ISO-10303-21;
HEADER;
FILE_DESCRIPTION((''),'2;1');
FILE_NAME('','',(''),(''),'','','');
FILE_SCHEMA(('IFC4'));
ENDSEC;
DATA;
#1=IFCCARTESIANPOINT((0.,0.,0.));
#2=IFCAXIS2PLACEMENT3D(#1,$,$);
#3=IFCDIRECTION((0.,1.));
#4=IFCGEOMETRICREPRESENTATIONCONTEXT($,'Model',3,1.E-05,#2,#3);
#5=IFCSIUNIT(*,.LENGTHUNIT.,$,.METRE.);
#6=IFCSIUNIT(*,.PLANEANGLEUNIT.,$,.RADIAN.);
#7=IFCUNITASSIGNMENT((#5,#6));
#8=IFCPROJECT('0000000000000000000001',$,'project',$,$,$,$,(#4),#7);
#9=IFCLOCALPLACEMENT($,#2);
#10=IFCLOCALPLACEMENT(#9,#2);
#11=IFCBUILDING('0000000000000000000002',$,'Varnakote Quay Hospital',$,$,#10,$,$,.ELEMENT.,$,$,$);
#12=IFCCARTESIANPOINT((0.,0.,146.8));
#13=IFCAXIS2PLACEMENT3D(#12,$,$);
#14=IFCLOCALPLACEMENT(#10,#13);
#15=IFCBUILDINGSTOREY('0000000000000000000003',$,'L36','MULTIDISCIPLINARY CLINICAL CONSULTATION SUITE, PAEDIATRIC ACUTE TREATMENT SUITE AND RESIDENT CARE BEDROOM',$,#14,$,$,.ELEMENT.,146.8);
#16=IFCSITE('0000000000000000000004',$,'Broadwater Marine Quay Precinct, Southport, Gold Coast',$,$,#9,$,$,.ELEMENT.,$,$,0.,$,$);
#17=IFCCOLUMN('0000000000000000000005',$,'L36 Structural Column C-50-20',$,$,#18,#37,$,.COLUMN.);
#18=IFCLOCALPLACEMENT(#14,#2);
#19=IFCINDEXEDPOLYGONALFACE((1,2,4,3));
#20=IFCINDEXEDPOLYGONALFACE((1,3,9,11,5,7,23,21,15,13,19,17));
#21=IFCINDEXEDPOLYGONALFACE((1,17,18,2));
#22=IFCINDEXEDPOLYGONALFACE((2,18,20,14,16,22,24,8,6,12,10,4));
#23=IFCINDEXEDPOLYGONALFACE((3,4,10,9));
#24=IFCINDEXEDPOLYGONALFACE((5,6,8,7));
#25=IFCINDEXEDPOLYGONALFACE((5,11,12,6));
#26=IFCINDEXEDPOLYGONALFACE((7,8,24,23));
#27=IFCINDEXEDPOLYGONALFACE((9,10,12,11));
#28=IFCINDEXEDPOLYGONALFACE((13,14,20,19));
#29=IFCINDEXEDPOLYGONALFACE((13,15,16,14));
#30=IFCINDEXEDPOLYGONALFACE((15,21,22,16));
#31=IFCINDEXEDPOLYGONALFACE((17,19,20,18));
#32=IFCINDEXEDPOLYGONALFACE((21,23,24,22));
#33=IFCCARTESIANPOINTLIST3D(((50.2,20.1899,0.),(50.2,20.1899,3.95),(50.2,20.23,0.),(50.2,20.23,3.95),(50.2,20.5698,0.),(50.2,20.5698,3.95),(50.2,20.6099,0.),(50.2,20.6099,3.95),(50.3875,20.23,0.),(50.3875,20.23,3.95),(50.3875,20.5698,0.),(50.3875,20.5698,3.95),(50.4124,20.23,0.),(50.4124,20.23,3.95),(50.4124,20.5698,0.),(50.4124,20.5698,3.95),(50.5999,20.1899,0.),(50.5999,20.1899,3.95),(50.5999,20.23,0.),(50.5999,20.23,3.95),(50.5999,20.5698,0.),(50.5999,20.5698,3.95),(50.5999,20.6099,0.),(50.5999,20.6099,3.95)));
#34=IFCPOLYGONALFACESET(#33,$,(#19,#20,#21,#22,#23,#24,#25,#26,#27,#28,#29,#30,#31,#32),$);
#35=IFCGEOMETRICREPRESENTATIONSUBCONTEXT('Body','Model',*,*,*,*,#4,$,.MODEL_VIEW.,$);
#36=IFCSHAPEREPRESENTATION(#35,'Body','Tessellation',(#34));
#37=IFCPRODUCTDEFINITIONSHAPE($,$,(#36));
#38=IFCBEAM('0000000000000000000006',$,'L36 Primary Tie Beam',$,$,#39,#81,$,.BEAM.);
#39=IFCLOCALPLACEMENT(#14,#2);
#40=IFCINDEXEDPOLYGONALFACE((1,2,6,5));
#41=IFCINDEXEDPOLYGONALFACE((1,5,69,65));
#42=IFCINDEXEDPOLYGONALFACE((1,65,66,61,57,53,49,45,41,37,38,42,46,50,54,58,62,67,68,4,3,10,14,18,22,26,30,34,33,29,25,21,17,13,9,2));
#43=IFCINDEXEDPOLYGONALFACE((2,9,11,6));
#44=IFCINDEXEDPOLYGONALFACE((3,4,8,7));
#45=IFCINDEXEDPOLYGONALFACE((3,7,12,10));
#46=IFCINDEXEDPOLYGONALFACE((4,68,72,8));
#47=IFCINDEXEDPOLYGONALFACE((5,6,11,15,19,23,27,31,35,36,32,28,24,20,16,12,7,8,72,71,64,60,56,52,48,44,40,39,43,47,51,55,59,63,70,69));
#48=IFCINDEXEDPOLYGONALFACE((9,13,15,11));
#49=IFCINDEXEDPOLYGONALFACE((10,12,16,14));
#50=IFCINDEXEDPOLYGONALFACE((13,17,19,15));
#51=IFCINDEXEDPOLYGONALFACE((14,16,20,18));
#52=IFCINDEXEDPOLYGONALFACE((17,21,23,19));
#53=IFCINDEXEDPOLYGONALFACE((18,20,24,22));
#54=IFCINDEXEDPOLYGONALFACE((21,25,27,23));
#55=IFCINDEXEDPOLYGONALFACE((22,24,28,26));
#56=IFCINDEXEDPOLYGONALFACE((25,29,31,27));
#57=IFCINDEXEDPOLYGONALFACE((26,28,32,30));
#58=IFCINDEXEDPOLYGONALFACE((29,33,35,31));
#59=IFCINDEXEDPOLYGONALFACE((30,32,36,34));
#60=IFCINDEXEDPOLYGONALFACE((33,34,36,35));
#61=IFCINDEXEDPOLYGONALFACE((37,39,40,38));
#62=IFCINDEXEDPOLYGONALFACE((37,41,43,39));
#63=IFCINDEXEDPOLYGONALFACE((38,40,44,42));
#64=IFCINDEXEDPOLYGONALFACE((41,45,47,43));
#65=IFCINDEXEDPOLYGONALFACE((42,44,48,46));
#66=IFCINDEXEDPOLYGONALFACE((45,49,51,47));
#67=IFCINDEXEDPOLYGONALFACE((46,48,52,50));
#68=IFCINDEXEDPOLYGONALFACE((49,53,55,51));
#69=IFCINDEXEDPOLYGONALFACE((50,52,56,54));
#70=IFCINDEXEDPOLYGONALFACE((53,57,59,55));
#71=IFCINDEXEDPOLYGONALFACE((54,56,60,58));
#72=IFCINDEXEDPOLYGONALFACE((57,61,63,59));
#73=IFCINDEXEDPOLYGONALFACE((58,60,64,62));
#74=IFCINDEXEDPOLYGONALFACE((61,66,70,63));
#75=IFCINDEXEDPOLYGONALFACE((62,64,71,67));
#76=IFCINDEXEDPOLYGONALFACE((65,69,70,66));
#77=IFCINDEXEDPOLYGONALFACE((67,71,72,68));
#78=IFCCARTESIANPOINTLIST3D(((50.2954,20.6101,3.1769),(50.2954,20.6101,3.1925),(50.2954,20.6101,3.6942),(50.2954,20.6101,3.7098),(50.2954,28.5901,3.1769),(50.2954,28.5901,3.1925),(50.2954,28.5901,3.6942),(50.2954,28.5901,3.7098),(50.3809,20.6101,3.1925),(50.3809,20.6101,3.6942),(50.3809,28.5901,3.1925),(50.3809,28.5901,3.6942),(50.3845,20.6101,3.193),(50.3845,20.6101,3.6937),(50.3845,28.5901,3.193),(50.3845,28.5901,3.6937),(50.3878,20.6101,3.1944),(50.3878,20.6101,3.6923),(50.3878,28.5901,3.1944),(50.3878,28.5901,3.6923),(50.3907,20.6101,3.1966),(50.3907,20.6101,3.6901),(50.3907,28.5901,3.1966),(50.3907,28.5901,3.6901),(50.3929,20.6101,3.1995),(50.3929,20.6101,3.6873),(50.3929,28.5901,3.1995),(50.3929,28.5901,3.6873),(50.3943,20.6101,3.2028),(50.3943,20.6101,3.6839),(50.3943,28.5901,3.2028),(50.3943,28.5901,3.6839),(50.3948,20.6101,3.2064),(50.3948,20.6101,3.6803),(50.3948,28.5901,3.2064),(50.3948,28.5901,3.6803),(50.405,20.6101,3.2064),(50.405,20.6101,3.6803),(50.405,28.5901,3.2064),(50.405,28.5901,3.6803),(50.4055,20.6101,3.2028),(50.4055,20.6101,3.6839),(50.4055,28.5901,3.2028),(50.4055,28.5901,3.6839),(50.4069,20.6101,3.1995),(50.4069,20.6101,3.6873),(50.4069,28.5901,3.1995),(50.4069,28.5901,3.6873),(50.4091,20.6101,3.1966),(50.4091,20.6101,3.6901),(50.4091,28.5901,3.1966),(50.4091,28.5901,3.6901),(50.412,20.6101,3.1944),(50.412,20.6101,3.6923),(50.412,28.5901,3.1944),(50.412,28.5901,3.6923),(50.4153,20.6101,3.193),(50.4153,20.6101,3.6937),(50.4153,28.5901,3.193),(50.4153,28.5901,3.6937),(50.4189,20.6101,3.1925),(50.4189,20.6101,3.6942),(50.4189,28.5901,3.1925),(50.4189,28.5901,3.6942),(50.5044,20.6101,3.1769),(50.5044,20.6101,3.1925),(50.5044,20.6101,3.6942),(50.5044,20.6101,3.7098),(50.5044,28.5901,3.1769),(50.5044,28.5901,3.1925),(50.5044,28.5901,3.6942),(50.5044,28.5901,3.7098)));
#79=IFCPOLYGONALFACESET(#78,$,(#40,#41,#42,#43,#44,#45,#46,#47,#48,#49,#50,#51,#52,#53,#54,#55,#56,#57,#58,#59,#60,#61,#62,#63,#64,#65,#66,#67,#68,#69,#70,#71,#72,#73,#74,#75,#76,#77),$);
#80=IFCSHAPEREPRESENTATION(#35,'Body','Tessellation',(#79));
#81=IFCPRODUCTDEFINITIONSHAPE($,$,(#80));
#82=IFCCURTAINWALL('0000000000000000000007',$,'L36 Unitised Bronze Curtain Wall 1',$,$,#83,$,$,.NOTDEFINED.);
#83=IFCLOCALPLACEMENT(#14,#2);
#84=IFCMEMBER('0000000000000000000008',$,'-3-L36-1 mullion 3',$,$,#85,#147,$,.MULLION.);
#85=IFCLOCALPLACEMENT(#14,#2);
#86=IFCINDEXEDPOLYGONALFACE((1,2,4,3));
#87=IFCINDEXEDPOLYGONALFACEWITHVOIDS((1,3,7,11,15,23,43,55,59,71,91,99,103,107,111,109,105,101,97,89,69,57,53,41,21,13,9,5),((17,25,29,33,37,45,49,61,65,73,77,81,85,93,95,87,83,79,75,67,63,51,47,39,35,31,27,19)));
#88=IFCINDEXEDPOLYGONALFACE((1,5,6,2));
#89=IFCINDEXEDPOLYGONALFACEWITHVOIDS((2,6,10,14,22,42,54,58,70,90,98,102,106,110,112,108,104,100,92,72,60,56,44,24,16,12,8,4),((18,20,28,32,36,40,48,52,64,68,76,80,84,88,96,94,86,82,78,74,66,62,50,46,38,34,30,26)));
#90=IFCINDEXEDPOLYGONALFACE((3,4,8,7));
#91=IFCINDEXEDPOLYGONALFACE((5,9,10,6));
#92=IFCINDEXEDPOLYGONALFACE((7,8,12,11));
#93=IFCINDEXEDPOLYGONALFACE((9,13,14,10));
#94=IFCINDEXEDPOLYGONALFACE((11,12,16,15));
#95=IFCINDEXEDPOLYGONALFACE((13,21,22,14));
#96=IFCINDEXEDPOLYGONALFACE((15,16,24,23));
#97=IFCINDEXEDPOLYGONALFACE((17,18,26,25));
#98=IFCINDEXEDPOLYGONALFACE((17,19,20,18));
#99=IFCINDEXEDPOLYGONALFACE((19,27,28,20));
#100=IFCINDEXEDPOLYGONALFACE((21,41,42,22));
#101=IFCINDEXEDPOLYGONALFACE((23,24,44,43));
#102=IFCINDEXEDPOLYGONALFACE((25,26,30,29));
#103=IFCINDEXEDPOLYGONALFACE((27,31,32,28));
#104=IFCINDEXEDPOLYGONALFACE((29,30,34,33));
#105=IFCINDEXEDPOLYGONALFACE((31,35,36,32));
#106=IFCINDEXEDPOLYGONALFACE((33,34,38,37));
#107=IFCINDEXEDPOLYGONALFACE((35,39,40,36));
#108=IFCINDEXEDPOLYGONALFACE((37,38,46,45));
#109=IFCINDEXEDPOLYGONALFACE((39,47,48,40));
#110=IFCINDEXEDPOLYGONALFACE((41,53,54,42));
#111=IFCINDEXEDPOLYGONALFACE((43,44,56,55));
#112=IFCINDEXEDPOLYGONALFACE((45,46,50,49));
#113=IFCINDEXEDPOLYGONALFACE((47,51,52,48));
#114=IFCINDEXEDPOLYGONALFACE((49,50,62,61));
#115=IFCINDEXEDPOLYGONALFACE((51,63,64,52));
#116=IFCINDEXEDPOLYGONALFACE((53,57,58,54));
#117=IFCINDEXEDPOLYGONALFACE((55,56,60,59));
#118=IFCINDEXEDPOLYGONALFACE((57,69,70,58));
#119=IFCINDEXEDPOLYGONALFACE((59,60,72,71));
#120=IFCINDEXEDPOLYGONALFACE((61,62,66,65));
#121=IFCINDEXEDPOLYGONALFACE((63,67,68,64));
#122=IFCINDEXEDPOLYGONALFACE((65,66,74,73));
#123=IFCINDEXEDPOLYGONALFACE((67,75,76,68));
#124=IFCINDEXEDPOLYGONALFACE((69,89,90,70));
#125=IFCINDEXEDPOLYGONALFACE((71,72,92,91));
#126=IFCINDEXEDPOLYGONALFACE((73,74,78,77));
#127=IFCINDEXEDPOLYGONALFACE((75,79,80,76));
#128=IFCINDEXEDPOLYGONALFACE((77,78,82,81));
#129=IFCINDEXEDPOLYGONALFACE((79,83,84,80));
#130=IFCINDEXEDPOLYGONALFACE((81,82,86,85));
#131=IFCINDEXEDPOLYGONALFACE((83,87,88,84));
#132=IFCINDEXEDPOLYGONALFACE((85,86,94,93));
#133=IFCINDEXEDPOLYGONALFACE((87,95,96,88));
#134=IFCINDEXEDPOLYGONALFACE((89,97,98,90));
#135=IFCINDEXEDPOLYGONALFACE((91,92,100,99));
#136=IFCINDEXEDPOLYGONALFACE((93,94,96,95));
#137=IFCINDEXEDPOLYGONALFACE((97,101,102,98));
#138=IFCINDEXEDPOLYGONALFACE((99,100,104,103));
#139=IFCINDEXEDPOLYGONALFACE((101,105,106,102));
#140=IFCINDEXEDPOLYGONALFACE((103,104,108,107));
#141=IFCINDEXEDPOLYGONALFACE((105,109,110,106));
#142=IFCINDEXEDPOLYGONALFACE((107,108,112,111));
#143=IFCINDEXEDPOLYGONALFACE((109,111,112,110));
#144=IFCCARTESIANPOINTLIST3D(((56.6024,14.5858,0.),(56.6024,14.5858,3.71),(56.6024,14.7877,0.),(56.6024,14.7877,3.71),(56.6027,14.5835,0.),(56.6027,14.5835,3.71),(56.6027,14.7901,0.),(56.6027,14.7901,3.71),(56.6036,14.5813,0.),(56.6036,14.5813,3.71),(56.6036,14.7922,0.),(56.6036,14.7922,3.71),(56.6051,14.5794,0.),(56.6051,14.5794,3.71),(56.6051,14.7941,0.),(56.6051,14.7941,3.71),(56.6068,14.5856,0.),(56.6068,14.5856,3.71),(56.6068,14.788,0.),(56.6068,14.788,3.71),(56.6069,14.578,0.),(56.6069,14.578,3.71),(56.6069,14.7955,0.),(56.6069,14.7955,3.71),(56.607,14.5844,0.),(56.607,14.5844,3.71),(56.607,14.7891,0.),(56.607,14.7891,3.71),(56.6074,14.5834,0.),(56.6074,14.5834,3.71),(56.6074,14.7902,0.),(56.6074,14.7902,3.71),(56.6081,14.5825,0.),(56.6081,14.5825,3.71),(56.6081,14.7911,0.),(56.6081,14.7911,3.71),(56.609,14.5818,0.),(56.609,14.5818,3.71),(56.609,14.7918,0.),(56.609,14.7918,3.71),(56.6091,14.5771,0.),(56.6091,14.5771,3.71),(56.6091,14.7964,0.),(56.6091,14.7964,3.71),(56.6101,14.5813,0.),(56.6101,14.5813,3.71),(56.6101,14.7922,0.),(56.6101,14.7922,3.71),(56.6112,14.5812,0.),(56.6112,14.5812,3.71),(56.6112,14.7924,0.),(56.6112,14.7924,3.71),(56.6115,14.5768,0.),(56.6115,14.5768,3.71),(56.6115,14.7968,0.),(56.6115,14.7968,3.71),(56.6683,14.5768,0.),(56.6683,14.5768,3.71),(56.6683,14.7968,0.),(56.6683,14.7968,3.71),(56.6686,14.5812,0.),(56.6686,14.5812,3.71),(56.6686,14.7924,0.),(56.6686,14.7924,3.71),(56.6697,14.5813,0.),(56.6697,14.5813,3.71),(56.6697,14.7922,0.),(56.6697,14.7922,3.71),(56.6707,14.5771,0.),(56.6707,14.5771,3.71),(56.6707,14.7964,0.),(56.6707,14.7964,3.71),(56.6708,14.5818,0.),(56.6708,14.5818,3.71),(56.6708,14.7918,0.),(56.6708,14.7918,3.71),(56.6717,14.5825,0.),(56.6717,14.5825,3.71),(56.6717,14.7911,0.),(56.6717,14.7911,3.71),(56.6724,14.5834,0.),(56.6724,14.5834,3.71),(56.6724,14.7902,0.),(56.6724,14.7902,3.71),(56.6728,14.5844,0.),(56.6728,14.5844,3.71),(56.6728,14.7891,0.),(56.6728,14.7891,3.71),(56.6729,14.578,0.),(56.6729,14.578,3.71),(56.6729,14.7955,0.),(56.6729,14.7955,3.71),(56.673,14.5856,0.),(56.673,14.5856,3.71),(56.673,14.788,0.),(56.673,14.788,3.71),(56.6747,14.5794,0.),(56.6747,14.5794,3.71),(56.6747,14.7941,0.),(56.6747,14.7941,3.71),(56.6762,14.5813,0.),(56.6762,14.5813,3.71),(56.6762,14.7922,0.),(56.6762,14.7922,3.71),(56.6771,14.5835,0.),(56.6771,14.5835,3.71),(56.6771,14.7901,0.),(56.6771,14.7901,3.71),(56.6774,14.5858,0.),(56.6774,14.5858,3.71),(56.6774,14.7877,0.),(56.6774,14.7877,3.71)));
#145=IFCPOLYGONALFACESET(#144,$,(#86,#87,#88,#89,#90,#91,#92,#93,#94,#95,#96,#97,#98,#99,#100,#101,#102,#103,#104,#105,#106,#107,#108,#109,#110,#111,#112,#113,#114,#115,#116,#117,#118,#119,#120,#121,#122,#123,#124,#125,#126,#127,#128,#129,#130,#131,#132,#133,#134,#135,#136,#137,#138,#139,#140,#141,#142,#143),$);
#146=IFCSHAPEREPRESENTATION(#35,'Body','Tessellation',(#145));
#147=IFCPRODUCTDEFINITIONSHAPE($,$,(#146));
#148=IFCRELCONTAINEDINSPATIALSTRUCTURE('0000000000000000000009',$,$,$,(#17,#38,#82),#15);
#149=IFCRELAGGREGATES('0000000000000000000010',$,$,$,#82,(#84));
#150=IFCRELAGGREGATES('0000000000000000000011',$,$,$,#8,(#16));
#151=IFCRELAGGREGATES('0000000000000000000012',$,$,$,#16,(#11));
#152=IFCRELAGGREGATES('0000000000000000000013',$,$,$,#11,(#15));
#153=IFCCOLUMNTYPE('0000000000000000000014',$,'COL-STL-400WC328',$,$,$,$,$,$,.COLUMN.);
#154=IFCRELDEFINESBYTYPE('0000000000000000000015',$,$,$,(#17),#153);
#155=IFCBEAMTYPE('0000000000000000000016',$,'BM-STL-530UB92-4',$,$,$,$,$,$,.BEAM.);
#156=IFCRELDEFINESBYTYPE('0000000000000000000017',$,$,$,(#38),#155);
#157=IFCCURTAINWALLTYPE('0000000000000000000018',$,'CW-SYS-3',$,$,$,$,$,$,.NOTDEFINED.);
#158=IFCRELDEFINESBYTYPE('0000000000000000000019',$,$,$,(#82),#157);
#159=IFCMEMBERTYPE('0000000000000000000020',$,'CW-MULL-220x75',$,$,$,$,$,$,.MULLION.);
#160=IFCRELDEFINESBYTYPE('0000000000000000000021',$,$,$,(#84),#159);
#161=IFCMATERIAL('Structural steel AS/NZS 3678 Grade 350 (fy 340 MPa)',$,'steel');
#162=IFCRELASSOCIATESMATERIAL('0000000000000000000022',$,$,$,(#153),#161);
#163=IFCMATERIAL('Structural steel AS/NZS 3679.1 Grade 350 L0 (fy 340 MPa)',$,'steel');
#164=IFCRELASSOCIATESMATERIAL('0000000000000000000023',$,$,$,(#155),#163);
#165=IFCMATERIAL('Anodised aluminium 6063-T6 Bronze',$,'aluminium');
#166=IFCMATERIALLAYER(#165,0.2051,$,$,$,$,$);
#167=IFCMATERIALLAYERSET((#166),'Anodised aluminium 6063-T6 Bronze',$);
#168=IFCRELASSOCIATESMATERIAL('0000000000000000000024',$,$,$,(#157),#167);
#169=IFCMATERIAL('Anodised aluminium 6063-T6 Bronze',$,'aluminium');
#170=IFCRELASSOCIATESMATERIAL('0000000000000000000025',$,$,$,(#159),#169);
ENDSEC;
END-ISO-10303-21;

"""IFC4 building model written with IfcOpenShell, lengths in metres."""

from ifc_helpers import new_model, si_unit, direction, frame, origin, origin_2d, place, context, subcontext, project, spatial, hollow_rectangle, i_section, extrude, material, layer, layer_set, material_profile, profile_set, type_object, element, aggregate, save


model = new_model("IFC4")

# Units and contexts
model_context = context("Model", 3, precision=1e-05, world=origin(), true_north=direction((0.0, 1.0)))
body_context = subcontext(model_context, "Body", "Model", "MODEL_VIEW")
ifc_project = project(units=[si_unit("LENGTHUNIT", "METRE"), si_unit("PLANEANGLEUNIT", "RADIAN")], contexts=[model_context])

# Site, building, storey
site_placement = place(None, origin())
site = spatial("IfcSite", under=ifc_project, at=site_placement, Name="Broadwater Marine Quay Precinct, Southport, Gold Coast", CompositionType="ELEMENT", RefElevation=0.0)
building_placement = place(site_placement, origin())
building = spatial("IfcBuilding", under=site, at=building_placement, Name="Varnakote Quay Hospital", CompositionType="ELEMENT")
storey_placement = place(building_placement, frame((0.0, 0.0, 146.8)))
storey = spatial("IfcBuildingStorey", under=building, at=storey_placement, Name="L36", Description="MULTIDISCIPLINARY CLINICAL CONSULTATION SUITE, PAEDIATRIC ACUTE TREATMENT SUITE AND RESIDENT CARE BEDROOM", CompositionType="ELEMENT", Elevation=146.8)

# Column
ifc_material_1 = material(Name="Structural steel AS/NZS 3678 Grade 350 (fy 340 MPa)", Category="steel")
ifc_material_profile_1 = material_profile(ifc_material_1, i_section(OverallWidth=0.3999, OverallDepth=0.4199, WebThickness=0.0249, FlangeThickness=0.04, at=origin_2d()), Name="400WC328")
ifc_profile_set_1 = profile_set([ifc_material_profile_1], Name="Structural steel AS/NZS 3678 Grade 350 (fy 340 MPa)")
column_type = type_object("IfcColumnType", Name="COL-STL-400WC328", PredefinedType="COLUMN", material=ifc_profile_set_1)
column_placement = place(storey_placement, frame((50.3999, 20.3999, 0.0), z_axis=(0.0, 0.0, 1.0), x_axis=(1.0, 0.0, 0.0)))
element("IfcColumn", 1, at=column_placement, inside=storey, type_object=column_type, Name="L36 Structural Column C-50-20", PredefinedType="COLUMN", context=body_context, shape_type="SweptSolid", body=[
    extrude(i_section(OverallWidth=0.3999, OverallDepth=0.4199, WebThickness=0.0249, FlangeThickness=0.04, at=origin_2d()), origin(), (0.0, 0.0, 1.0), 3.95),
])

# Beam
ifc_material_2 = material(Name="Structural steel AS/NZS 3679.1 Grade 350 L0 (fy 340 MPa)", Category="steel")
ifc_material_profile_2 = material_profile(ifc_material_2, i_section(OverallWidth=0.209, OverallDepth=0.533, WebThickness=0.0103, FlangeThickness=0.0156, FilletRadius=0.0139, at=origin_2d()), Name="530UB92.4")
ifc_profile_set_2 = profile_set([ifc_material_profile_2], Name="Structural steel AS/NZS 3679.1 Grade 350 L0 (fy 340 MPa)")
beam_type = type_object("IfcBeamType", Name="BM-STL-530UB92-4", PredefinedType="BEAM", material=ifc_profile_set_2)
beam_placement = place(storey_placement, frame((50.3999, 20.6101, 3.4434), z_axis=(0.0, 1.0, 0.0), x_axis=(-1.0, 0.0, 0.0)))
element("IfcBeam", 2, at=beam_placement, inside=storey, type_object=beam_type, Name="L36 Primary Tie Beam", PredefinedType="BEAM", context=body_context, shape_type="SweptSolid", body=[
    extrude(i_section(OverallWidth=0.209, OverallDepth=0.533, WebThickness=0.0103, FlangeThickness=0.0156, FilletRadius=0.0139, at=origin_2d()), origin(), (0.0, 0.0, 1.0), 7.98),
])

# Curtain wall, member
ifc_material_3 = material(Name="Anodised aluminium 6063-T6 Bronze", Category="aluminium")
ifc_layer_1 = layer(ifc_material_3, 0.2051)
ifc_layer_set_1 = layer_set([ifc_layer_1], Name="Anodised aluminium 6063-T6 Bronze")
curtain_wall_type = type_object("IfcCurtainWallType", Name="CW-SYS-3", PredefinedType="NOTDEFINED", material=ifc_layer_set_1)
curtain_wall_placement = place(storey_placement, origin())
curtain_wall = element("IfcCurtainWall", 3, at=curtain_wall_placement, inside=storey, type_object=curtain_wall_type, Name="L36 Unitised Bronze Curtain Wall 1", PredefinedType="NOTDEFINED")
ifc_material_4 = material(Name="Anodised aluminium 6063-T6 Bronze", Category="aluminium")
ifc_material_profile_3 = material_profile(ifc_material_4, hollow_rectangle(XDim=0.075, YDim=0.22, WallThickness=0.0044, InnerFilletRadius=0.0044, OuterFilletRadius=0.009, at=origin_2d()), Name="CW-MULL-220x75")
ifc_profile_set_3 = profile_set([ifc_material_profile_3], Name="Anodised aluminium 6063-T6 Bronze")
member_type_1 = type_object("IfcMemberType", Name="CW-MULL-220x75", PredefinedType="MULLION", material=ifc_profile_set_3)
member_1_placement = place(storey_placement, frame((56.6399, 14.6868, 0.0), z_axis=(0.0, 0.0, 1.0), x_axis=(-1.0, 0.0, 0.0)))
member_1 = element("IfcMember", 4, at=member_1_placement, type_object=member_type_1, Name="-3-L36-1 mullion 3", PredefinedType="MULLION", context=body_context, shape_type="SweptSolid", body=[
    extrude(hollow_rectangle(XDim=0.075, YDim=0.22, WallThickness=0.0044, InnerFilletRadius=0.0044, OuterFilletRadius=0.009, at=origin_2d()), origin(), (0.0, 0.0, 1.0), 3.71),
])
aggregate(curtain_wall, [member_1])

save(model, "model.ifc")
